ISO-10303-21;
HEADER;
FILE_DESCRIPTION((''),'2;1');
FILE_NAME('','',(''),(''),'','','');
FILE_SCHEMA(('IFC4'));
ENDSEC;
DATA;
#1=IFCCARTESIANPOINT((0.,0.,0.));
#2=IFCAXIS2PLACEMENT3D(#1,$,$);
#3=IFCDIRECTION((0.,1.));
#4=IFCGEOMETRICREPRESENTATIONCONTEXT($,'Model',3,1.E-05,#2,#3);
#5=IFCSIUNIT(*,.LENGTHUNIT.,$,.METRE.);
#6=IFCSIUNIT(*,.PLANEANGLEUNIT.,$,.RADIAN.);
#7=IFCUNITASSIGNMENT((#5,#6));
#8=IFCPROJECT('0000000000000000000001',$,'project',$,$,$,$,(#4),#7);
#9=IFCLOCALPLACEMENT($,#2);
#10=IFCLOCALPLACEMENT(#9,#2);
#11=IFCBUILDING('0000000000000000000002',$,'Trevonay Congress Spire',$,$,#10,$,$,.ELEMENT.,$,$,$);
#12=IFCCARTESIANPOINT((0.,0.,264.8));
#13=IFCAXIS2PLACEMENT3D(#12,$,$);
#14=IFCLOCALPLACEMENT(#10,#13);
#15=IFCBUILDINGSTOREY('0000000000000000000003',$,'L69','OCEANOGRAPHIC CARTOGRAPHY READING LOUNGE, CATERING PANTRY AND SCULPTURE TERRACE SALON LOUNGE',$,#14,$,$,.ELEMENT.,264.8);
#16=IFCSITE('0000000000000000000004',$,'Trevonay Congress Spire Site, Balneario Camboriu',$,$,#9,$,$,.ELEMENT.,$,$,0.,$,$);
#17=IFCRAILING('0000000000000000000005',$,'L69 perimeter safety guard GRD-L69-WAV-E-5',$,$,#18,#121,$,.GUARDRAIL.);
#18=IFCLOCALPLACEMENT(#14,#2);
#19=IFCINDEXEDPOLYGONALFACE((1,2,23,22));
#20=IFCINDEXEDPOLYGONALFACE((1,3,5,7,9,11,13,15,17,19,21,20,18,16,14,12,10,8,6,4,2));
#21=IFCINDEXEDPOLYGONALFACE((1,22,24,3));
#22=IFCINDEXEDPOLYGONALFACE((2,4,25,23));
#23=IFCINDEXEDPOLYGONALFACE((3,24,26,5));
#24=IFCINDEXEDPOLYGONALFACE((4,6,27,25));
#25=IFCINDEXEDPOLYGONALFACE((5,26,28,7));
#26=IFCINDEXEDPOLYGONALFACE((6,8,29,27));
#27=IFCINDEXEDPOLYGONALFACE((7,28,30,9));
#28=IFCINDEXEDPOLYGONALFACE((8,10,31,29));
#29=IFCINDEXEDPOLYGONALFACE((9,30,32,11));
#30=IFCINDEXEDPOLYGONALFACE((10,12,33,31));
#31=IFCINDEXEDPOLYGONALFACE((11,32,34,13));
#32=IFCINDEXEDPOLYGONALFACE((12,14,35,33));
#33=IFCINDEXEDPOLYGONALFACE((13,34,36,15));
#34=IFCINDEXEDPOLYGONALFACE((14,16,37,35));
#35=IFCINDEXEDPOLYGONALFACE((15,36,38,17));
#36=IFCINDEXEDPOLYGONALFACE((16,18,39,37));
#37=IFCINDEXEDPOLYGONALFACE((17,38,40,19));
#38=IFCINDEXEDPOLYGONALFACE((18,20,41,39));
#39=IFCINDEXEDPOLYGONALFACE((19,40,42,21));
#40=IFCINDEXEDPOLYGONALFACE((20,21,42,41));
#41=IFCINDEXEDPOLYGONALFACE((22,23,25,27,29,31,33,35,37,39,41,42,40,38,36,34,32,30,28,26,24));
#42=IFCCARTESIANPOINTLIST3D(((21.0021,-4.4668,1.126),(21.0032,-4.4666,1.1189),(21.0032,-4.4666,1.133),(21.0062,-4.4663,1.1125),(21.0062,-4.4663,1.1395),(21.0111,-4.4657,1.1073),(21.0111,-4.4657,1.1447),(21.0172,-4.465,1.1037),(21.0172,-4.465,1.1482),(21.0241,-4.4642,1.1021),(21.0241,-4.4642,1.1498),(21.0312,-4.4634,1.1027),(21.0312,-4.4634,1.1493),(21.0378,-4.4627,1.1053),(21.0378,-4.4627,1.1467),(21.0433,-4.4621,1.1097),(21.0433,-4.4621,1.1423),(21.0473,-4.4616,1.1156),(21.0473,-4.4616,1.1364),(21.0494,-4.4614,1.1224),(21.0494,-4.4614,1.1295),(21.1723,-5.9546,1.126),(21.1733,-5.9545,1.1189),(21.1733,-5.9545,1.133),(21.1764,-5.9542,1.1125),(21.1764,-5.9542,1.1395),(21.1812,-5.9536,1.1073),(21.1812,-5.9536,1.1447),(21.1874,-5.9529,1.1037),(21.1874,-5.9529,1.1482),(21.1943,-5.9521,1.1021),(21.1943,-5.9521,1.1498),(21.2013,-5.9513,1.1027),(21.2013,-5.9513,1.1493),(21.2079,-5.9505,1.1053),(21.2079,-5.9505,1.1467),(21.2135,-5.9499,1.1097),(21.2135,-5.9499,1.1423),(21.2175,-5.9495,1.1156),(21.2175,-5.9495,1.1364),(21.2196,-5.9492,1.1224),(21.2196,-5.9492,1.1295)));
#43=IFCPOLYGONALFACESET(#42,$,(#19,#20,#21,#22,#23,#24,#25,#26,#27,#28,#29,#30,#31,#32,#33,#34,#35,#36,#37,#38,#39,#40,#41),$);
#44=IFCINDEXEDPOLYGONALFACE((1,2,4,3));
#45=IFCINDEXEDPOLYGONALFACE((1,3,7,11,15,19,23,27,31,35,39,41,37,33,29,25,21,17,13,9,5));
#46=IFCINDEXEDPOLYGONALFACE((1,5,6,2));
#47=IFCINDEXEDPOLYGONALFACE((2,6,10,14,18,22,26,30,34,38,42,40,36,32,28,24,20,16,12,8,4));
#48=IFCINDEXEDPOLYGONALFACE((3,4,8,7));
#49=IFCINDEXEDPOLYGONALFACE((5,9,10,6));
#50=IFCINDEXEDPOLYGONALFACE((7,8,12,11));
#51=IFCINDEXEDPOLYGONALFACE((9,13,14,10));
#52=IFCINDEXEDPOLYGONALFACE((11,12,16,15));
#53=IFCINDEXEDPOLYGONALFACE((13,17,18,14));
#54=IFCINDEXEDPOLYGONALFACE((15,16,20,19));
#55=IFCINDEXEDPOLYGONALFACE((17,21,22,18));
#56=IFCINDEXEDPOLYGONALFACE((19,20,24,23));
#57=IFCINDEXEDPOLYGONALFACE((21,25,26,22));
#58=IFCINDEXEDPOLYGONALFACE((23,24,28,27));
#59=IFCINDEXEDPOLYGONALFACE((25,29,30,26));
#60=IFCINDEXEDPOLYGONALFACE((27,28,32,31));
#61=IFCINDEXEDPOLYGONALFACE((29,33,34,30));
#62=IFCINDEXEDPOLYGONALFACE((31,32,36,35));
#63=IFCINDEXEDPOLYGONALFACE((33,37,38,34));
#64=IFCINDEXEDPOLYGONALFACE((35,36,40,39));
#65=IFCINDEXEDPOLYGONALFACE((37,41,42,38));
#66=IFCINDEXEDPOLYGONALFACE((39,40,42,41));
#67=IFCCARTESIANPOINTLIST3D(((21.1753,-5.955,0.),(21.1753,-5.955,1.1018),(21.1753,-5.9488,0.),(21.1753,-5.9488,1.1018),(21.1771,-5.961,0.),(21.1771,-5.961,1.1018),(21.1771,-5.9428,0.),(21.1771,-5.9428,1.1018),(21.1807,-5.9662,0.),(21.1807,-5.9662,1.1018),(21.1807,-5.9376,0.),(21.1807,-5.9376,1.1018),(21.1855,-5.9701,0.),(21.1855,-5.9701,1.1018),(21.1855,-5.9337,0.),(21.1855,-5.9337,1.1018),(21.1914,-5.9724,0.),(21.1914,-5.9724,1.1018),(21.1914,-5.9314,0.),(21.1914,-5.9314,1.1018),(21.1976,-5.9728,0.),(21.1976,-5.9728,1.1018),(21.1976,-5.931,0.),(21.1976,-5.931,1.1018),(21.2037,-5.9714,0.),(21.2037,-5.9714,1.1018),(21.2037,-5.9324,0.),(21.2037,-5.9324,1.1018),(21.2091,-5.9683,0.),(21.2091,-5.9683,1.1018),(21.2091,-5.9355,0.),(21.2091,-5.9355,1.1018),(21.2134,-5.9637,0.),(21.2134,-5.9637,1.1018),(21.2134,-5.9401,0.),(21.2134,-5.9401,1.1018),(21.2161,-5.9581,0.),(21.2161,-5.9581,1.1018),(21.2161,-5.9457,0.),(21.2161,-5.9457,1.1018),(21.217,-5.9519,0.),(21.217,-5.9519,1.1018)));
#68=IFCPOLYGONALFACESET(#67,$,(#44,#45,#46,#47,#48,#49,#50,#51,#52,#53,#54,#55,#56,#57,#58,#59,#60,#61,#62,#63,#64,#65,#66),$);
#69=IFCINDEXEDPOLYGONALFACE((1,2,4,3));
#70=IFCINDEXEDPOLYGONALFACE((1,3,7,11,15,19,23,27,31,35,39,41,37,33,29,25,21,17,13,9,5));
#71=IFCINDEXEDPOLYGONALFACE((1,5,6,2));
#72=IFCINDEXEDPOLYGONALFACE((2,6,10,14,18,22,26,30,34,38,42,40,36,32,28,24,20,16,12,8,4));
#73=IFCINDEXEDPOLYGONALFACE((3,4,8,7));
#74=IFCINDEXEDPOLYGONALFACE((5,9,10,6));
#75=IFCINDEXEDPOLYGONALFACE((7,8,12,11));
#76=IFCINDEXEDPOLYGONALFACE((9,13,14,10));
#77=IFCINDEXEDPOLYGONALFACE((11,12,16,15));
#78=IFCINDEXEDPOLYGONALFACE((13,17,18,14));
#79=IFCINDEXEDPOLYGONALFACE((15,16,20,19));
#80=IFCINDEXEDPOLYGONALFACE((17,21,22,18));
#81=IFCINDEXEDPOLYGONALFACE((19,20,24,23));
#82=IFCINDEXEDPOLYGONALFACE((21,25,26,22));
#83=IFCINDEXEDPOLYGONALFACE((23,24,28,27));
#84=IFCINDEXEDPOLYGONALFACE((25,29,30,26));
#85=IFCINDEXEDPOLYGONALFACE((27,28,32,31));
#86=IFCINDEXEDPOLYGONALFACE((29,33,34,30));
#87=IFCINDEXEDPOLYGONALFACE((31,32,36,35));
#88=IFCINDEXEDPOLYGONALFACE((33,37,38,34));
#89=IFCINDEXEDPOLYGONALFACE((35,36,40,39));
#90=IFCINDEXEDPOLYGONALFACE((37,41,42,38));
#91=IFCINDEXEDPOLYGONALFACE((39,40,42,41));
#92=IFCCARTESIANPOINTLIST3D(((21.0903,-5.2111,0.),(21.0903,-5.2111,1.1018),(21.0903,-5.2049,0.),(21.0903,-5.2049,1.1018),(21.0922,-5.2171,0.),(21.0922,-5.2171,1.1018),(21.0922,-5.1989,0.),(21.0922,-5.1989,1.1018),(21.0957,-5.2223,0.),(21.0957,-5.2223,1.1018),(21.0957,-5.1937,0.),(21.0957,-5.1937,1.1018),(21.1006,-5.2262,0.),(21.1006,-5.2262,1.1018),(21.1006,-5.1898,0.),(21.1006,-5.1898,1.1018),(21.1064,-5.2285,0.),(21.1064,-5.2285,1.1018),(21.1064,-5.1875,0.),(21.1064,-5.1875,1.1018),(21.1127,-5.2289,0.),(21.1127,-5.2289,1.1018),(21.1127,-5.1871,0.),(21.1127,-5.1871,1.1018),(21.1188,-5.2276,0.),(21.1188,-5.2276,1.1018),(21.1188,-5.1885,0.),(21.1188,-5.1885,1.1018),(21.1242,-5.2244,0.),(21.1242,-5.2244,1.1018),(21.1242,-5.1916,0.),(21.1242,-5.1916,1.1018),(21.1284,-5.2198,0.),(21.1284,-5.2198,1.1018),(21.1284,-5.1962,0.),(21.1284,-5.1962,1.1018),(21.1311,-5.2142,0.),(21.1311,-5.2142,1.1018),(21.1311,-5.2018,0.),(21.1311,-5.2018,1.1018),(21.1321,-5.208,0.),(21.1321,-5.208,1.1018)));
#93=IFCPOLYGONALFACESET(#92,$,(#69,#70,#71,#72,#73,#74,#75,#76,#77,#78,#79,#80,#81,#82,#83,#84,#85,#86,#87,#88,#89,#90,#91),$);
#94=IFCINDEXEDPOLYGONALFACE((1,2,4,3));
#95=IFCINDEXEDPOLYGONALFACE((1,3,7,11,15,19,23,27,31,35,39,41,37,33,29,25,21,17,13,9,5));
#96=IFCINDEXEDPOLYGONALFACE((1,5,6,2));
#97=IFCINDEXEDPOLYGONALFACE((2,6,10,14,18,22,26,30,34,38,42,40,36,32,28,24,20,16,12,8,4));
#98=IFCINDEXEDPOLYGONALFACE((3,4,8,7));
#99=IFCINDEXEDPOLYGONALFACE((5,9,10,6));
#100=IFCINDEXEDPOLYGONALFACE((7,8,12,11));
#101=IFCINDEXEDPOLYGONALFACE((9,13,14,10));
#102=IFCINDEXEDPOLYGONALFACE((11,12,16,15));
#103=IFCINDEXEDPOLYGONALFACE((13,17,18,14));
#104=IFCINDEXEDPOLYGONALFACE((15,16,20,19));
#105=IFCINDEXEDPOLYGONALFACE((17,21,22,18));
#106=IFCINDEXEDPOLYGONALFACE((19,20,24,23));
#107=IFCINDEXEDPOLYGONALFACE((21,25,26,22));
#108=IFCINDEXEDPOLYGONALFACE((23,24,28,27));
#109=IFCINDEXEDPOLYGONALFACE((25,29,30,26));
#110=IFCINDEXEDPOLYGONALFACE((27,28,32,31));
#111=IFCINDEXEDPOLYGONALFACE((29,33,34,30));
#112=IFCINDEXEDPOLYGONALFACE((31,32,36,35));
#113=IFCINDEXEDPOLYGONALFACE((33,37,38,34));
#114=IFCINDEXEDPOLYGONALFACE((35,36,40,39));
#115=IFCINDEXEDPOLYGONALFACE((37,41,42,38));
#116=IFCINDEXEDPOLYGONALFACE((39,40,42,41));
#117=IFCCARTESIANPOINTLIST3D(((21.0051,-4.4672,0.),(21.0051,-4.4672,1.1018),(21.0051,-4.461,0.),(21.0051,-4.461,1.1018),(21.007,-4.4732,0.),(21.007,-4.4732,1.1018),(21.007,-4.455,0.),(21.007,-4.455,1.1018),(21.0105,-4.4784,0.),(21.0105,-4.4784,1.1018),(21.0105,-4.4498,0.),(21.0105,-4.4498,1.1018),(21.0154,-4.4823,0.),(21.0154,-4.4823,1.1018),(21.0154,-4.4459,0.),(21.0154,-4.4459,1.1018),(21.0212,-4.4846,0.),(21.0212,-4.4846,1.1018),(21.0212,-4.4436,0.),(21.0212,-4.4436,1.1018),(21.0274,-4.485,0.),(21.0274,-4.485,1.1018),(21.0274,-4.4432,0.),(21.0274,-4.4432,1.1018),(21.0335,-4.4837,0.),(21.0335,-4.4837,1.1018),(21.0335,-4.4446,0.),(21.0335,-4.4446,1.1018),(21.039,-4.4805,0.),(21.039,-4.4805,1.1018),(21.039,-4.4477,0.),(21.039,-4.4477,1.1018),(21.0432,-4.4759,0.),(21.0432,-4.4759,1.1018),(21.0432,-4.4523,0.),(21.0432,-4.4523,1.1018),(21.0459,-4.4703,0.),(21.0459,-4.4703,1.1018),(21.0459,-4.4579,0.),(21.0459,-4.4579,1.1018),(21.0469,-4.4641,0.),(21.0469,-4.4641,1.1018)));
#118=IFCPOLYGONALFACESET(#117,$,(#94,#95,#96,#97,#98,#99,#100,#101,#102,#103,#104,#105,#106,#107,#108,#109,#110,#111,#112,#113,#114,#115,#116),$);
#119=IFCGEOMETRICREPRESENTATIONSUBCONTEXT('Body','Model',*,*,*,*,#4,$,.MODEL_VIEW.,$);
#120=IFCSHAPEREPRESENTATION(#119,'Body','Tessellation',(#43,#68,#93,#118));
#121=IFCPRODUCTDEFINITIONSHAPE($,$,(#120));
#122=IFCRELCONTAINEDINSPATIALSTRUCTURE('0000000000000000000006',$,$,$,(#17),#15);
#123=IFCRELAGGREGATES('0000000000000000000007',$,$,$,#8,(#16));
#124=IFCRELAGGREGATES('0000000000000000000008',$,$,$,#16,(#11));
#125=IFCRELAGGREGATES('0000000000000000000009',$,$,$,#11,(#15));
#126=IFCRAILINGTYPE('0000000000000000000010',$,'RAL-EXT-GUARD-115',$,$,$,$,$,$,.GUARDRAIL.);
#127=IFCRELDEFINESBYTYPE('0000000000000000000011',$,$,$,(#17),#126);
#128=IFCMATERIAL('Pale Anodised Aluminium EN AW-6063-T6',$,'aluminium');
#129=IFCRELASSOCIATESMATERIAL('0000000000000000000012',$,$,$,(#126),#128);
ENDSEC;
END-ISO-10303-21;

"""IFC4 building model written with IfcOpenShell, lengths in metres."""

from ifc_helpers import new_model, si_unit, direction, frame, origin, origin_2d, place, context, subcontext, project, spatial, circle, extrude, material, type_object, element, save


model = new_model("IFC4")

# Units and contexts
model_context = context("Model", 3, precision=1e-05, world=origin(), true_north=direction((0.0, 1.0)))
body_context = subcontext(model_context, "Body", "Model", "MODEL_VIEW")
ifc_project = project(units=[si_unit("LENGTHUNIT", "METRE"), si_unit("PLANEANGLEUNIT", "RADIAN")], contexts=[model_context])

# Site, building, storey
site_placement = place(None, origin())
site = spatial("IfcSite", under=ifc_project, at=site_placement, Name="Trevonay Congress Spire Site, Balneario Camboriu", CompositionType="ELEMENT", RefElevation=0.0)
building_placement = place(site_placement, origin())
building = spatial("IfcBuilding", under=site, at=building_placement, Name="Trevonay Congress Spire", CompositionType="ELEMENT")
storey_placement = place(building_placement, frame((0.0, 0.0, 264.8)))
storey = spatial("IfcBuildingStorey", under=building, at=storey_placement, Name="L69", Description="OCEANOGRAPHIC CARTOGRAPHY READING LOUNGE, CATERING PANTRY AND SCULPTURE TERRACE SALON LOUNGE", CompositionType="ELEMENT", Elevation=264.8)

# Shared definitions
ifc_material_1 = material(Name="Pale Anodised Aluminium EN AW-6063-T6", Category="aluminium")

# Railing
railing_type_1 = type_object("IfcRailingType", Name="RAL-EXT-GUARD-115", PredefinedType="GUARDRAIL", material=ifc_material_1)
railing_1_placement = place(storey_placement, frame((21.196, -5.9519, 0.0)))
element("IfcRailing", 1, at=railing_1_placement, inside=storey, type_object=railing_type_1, Name="L69 perimeter safety guard GRD-L69-WAV-E-5", PredefinedType="GUARDRAIL", context=body_context, shape_type="SweptSolid", body=[
    extrude(circle(Radius=0.0239, at=origin_2d()), frame((0.0, 0.0, 1.126), z_axis=(-0.113634, 0.993523, 0.0), x_axis=(-0.993523, -0.113634, 0.0)), (0.0, 0.0, 1.0), 1.4976),
    extrude(circle(Radius=0.021, at=origin_2d()), origin(), (0.0, 0.0, 1.0), 1.1018),
    extrude(circle(Radius=0.021, at=origin_2d()), frame((-0.085, 0.7439, 0.0)), (0.0, 0.0, 1.0), 1.1018),
    extrude(circle(Radius=0.021, at=origin_2d()), frame((-0.1702, 1.4878, 0.0)), (0.0, 0.0, 1.0), 1.1018),
])

save(model, "model.ifc")
